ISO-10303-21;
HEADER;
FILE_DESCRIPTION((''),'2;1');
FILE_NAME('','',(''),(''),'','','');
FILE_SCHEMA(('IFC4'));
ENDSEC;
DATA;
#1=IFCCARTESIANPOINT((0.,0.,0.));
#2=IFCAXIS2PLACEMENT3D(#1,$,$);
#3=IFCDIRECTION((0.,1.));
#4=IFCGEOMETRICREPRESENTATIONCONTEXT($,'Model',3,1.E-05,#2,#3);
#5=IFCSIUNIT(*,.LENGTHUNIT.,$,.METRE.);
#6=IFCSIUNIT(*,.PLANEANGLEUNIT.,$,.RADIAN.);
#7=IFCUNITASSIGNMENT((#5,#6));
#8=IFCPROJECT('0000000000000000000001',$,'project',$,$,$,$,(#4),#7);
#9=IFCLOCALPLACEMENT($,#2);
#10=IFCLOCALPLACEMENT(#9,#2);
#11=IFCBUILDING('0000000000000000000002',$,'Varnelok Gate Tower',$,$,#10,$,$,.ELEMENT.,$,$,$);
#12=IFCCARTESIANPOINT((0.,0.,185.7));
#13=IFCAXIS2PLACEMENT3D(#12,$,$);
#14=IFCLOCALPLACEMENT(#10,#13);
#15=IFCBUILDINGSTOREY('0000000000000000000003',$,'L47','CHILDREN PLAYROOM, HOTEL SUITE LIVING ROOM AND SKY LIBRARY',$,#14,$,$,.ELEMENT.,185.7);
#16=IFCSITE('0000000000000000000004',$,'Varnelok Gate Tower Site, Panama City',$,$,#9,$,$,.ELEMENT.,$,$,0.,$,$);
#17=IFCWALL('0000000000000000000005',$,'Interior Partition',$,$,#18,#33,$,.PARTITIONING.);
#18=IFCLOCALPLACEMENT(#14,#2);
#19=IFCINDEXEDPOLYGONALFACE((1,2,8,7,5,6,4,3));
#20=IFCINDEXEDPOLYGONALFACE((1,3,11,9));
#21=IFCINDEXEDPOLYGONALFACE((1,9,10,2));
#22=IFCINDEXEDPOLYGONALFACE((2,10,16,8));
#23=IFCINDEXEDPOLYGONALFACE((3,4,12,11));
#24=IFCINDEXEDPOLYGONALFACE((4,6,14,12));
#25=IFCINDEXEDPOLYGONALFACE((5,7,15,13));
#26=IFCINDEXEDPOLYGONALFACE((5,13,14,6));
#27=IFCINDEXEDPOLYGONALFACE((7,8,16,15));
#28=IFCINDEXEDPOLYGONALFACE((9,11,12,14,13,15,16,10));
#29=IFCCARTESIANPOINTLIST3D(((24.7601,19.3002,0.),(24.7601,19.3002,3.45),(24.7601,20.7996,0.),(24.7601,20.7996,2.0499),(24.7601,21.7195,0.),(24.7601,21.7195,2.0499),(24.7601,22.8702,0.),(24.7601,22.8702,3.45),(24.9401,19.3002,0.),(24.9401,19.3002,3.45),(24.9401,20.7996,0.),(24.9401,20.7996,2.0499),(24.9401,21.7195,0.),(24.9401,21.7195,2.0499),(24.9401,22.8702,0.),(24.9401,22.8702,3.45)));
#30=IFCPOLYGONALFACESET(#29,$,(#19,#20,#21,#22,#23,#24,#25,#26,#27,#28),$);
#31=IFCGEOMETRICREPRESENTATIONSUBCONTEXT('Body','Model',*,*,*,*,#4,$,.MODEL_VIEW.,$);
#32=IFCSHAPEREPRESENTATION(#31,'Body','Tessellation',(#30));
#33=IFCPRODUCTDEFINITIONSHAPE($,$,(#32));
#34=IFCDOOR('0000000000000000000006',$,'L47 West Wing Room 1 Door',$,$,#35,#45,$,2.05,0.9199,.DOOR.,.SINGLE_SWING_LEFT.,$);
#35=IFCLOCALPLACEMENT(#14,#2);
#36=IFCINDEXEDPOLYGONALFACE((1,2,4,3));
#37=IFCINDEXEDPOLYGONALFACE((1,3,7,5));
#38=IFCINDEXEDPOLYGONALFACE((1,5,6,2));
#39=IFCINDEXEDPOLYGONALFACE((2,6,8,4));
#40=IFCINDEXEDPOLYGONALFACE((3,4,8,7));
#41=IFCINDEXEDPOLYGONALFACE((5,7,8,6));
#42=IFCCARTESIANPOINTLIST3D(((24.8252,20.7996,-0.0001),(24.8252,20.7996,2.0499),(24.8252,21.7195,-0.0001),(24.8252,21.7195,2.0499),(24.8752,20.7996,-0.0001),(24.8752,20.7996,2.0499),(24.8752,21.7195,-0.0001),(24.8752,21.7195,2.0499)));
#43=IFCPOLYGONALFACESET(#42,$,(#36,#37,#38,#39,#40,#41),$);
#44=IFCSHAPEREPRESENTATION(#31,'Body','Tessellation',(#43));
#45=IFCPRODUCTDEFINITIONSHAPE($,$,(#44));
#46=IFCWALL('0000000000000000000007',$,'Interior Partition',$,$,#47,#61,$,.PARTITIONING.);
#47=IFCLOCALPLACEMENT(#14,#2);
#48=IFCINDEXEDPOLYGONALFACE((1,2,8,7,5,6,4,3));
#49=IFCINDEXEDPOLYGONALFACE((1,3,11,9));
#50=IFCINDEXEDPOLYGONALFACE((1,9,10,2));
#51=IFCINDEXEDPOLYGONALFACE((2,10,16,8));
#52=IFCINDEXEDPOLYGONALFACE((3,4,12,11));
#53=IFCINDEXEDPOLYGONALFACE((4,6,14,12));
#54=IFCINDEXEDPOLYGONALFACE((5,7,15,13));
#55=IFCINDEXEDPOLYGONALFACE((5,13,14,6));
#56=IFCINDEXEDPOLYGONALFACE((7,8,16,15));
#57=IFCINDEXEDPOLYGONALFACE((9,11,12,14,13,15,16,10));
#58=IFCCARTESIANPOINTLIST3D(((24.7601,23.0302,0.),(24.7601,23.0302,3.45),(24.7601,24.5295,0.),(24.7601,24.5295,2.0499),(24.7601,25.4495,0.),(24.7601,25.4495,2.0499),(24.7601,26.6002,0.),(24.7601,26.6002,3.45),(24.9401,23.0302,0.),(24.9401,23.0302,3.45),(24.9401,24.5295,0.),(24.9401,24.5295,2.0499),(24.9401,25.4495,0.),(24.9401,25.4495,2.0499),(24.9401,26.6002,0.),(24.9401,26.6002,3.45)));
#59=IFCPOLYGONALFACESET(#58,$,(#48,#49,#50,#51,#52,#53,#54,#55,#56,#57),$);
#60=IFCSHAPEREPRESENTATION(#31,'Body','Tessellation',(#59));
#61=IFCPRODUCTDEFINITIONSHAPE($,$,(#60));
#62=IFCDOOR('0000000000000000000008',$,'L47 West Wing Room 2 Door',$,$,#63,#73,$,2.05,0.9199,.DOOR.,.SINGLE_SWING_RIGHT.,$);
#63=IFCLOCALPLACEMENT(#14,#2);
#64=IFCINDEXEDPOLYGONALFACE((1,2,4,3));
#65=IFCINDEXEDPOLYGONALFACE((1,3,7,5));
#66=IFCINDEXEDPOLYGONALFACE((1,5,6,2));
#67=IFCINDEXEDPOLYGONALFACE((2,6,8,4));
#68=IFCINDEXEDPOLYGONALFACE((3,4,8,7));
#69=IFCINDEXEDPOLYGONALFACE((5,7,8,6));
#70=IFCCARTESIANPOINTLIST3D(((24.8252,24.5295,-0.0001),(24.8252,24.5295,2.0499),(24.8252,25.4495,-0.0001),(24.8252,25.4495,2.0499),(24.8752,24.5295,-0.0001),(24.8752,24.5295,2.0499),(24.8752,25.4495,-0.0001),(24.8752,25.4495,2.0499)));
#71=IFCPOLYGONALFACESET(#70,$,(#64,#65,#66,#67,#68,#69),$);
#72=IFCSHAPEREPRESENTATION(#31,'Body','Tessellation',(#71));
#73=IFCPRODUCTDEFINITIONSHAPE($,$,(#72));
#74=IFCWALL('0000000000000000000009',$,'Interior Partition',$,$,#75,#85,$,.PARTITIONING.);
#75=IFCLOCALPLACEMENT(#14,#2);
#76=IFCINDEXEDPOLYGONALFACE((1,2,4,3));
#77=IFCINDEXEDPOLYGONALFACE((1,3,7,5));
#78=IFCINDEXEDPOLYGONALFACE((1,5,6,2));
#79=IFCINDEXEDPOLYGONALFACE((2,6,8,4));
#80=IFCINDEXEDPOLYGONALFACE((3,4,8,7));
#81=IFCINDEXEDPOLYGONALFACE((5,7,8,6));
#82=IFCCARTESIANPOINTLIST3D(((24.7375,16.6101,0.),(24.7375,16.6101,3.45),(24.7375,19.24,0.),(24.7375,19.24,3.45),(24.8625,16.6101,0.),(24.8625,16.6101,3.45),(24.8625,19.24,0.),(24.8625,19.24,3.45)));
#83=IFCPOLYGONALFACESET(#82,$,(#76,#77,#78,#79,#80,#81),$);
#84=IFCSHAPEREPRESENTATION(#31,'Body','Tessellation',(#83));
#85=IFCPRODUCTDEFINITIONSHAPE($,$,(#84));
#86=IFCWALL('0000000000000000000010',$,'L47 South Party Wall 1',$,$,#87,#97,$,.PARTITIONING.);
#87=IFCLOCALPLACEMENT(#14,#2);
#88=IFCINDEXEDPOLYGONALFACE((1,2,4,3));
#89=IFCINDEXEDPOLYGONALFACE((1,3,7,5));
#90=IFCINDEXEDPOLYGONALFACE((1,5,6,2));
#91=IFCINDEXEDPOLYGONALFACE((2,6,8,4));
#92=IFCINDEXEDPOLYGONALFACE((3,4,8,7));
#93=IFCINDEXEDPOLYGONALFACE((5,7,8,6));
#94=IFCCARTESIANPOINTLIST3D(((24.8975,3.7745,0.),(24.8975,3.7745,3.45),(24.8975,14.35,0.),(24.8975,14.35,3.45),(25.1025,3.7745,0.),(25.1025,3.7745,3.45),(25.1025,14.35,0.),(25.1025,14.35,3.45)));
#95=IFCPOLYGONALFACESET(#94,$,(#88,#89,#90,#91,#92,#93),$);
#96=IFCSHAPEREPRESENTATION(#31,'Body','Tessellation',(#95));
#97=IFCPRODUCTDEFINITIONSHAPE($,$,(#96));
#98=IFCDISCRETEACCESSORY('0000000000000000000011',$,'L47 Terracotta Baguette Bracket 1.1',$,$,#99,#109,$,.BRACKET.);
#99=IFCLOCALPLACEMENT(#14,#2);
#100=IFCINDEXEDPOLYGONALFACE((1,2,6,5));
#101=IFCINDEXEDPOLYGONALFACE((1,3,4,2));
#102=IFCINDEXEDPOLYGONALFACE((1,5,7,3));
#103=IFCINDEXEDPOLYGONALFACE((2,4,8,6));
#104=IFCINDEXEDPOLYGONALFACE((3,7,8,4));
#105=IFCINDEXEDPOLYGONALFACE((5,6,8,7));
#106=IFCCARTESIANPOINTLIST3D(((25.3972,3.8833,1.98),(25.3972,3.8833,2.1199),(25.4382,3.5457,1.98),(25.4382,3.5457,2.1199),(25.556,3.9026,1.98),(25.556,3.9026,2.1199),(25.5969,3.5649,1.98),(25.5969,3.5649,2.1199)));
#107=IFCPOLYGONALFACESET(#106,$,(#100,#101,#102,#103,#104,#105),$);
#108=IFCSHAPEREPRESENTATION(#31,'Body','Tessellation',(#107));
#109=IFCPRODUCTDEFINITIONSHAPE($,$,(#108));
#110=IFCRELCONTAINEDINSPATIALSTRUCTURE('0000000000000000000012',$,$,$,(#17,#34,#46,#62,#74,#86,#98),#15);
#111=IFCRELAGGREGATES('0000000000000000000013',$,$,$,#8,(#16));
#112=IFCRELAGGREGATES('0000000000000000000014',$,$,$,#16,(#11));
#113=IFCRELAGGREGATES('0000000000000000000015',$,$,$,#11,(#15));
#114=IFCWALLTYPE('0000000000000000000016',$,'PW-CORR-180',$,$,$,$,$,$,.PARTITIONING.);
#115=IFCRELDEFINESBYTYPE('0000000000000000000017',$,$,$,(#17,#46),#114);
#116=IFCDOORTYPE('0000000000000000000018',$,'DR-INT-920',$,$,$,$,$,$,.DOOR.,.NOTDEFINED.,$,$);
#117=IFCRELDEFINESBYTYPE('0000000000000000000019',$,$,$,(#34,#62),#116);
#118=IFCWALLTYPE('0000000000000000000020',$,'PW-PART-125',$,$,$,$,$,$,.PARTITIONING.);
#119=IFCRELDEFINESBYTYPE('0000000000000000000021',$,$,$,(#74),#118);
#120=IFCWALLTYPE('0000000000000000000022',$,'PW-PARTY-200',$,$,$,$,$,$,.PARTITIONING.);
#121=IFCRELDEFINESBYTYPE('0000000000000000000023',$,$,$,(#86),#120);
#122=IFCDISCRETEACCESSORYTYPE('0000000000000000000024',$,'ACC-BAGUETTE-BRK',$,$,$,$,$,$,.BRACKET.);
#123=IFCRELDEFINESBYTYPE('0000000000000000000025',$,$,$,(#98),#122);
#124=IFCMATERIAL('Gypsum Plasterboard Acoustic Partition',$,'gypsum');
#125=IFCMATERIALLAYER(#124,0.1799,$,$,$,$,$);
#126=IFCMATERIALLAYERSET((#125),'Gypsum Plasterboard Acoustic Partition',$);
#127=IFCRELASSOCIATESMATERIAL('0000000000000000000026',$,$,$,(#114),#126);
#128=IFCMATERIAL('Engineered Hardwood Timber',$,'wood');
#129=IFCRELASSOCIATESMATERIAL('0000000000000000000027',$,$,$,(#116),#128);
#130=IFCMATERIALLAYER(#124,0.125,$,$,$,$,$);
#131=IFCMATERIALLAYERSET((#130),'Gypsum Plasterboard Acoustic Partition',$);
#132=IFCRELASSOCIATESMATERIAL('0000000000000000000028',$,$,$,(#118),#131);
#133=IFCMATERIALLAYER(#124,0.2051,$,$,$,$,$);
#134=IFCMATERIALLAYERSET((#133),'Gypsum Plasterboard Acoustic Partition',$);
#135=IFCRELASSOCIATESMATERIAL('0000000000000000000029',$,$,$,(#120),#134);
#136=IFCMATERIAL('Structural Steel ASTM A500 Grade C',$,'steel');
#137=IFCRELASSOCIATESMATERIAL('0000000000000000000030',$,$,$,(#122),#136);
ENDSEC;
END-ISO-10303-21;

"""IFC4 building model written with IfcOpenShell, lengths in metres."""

from ifc_helpers import new_model, si_unit, direction, frame, frame_2d, origin, origin_2d, place, context, subcontext, project, spatial, rectangle, extrude, source, transform, mapped, material, layer, layer_set, type_object, element, fill, save


model = new_model("IFC4")

# Units and contexts
model_context = context("Model", 3, precision=1e-05, world=origin(), true_north=direction((0.0, 1.0)))
body_context = subcontext(model_context, "Body", "Model", "MODEL_VIEW")
ifc_project = project(units=[si_unit("LENGTHUNIT", "METRE"), si_unit("PLANEANGLEUNIT", "RADIAN")], contexts=[model_context])

# Site, building, storey
site_placement = place(None, origin())
site = spatial("IfcSite", under=ifc_project, at=site_placement, Name="Varnelok Gate Tower Site, Panama City", CompositionType="ELEMENT", RefElevation=0.0)
building_placement = place(site_placement, origin())
building = spatial("IfcBuilding", under=site, at=building_placement, Name="Varnelok Gate Tower", CompositionType="ELEMENT")
storey_placement = place(building_placement, frame((0.0, 0.0, 185.7)))
storey = spatial("IfcBuildingStorey", under=building, at=storey_placement, Name="L47", Description="CHILDREN PLAYROOM, HOTEL SUITE LIVING ROOM AND SKY LIBRARY", CompositionType="ELEMENT", Elevation=185.7)

# Walls, openings, doors
ifc_material_1 = material(Name="Gypsum Plasterboard Acoustic Partition", Category="gypsum")
ifc_layer_1 = layer(ifc_material_1, 0.1799)
ifc_layer_set_1 = layer_set([ifc_layer_1], Name="Gypsum Plasterboard Acoustic Partition")
wall_type_1 = type_object("IfcWallType", Name="PW-CORR-180", PredefinedType="PARTITIONING", material=ifc_layer_set_1)
ifc_material_2 = material(Name="Engineered Hardwood Timber", Category="wood")
wall_1_placement = place(storey_placement, frame((24.8501, 19.3, 0.0), z_axis=(0.0, 0.0, 1.0), x_axis=(0.0, 1.0, 0.0)))
wall_1 = element("IfcWall", 1, at=wall_1_placement, inside=storey, type_object=wall_type_1, Name="Interior Partition", PredefinedType="PARTITIONING", context=body_context, shape_type="SweptSolid", body=[
    extrude(rectangle(XDim=3.5701, YDim=0.1799, at=frame_2d((1.7852, 0.0))), origin(), (0.0, 0.0, 1.0), 3.45),
])
opening_1_placement = place(wall_1_placement, frame((1.4995, 0.0, 0.0)))
opening_1 = element("IfcOpeningElement", 2, at=opening_1_placement, cuts=wall_1, PredefinedType="OPENING", context=body_context, shape_type="SweptSolid", body=[
    extrude(rectangle(XDim=0.9199, YDim=2.05, at=frame_2d((0.46, 1.0249))), frame((0.0, 0.0999, 0.0), z_axis=(0.0, -1.0, 0.0), x_axis=(1.0, 0.0, 0.0)), (0.0, 0.0, 1.0), 0.2),
])
door_type_1 = type_object("IfcDoorType", Name="DR-INT-920", OperationType="NOTDEFINED", PredefinedType="DOOR", material=ifc_material_2)
door_1_placement = place(opening_1_placement, origin())
door_1 = element("IfcDoor", 3, at=door_1_placement, inside=storey, type_object=door_type_1, Name="L47 West Wing Room 1 Door", OperationType="SINGLE_SWING_LEFT", OverallHeight=2.05, OverallWidth=0.9199, PredefinedType="DOOR", context=body_context, shape_type="SweptSolid", body=[
    extrude(rectangle(XDim=0.9199, YDim=2.05, at=frame_2d((0.46, 1.0249))), frame((0.0, 0.0249, 0.0), z_axis=(0.0, -1.0, 0.0), x_axis=(1.0, 0.0, 0.0)), (0.0, 0.0, 1.0), 0.05),
])
fill(opening_1, door_1)
wall_2_placement = place(storey_placement, frame((24.8501, 23.03, 0.0), z_axis=(0.0, 0.0, 1.0), x_axis=(0.0, 1.0, 0.0)))
wall_2 = element("IfcWall", 4, at=wall_2_placement, inside=storey, type_object=wall_type_1, Name="Interior Partition", PredefinedType="PARTITIONING", context=body_context, shape_type="SweptSolid", body=[
    extrude(rectangle(XDim=3.5701, YDim=0.1799, at=frame_2d((1.7852, 0.0))), origin(), (0.0, 0.0, 1.0), 3.45),
])
opening_2_placement = place(wall_2_placement, frame((1.4995, 0.0, 0.0)))
opening_2 = element("IfcOpeningElement", 5, at=opening_2_placement, cuts=wall_2, PredefinedType="OPENING", context=body_context, shape_type="SweptSolid", body=[
    extrude(rectangle(XDim=0.9199, YDim=2.05, at=frame_2d((0.46, 1.0249))), frame((0.0, 0.0999, 0.0), z_axis=(0.0, -1.0, 0.0), x_axis=(1.0, 0.0, 0.0)), (0.0, 0.0, 1.0), 0.2),
])
door_2_placement = place(opening_2_placement, origin())
door_2 = element("IfcDoor", 6, at=door_2_placement, inside=storey, type_object=door_type_1, Name="L47 West Wing Room 2 Door", OperationType="SINGLE_SWING_RIGHT", OverallHeight=2.05, OverallWidth=0.9199, PredefinedType="DOOR", context=body_context, shape_type="SweptSolid", body=[
    extrude(rectangle(XDim=0.9199, YDim=2.05, at=frame_2d((0.46, 1.0249))), frame((0.0, 0.0249, 0.0), z_axis=(0.0, -1.0, 0.0), x_axis=(1.0, 0.0, 0.0)), (0.0, 0.0, 1.0), 0.05),
])
fill(opening_2, door_2)

# Walls
ifc_layer_2 = layer(ifc_material_1, 0.125)
ifc_layer_set_2 = layer_set([ifc_layer_2], Name="Gypsum Plasterboard Acoustic Partition")
wall_type_2 = type_object("IfcWallType", Name="PW-PART-125", PredefinedType="PARTITIONING", material=ifc_layer_set_2)
wall_3_placement = place(storey_placement, frame((24.8, 16.6101, 0.0), z_axis=(0.0, 0.0, 1.0), x_axis=(0.0, 1.0, 0.0)))
element("IfcWall", 7, at=wall_3_placement, inside=storey, type_object=wall_type_2, Name="Interior Partition", PredefinedType="PARTITIONING", context=body_context, shape_type="SweptSolid", body=[
    extrude(rectangle(XDim=2.6299, YDim=0.125, at=frame_2d((1.3149, 0.0))), origin(), (0.0, 0.0, 1.0), 3.45),
])
ifc_layer_3 = layer(ifc_material_1, 0.2051)
ifc_layer_set_3 = layer_set([ifc_layer_3], Name="Gypsum Plasterboard Acoustic Partition")
wall_type_3 = type_object("IfcWallType", Name="PW-PARTY-200", PredefinedType="PARTITIONING", material=ifc_layer_set_3)
wall_4_placement = place(storey_placement, frame((25.0, 3.7747, 0.0), z_axis=(0.0, 0.0, 1.0), x_axis=(0.0, 1.0, 0.0)))
element("IfcWall", 8, at=wall_4_placement, inside=storey, type_object=wall_type_3, Name="L47 South Party Wall 1", PredefinedType="PARTITIONING", context=body_context, shape_type="SweptSolid", body=[
    extrude(rectangle(XDim=10.5754, YDim=0.2051, at=frame_2d((5.2876, 0.0))), origin(), (0.0, 0.0, 1.0), 3.45),
])

# Discrete accessory
ifc_material_3 = material(Name="Structural Steel ASTM A500 Grade C", Category="steel")
discrete_accessory_type = type_object("IfcDiscreteAccessoryType", Name="ACC-BAGUETTE-BRK", PredefinedType="BRACKET", material=ifc_material_3)
shared_shape = source(origin(), body_context, "Body", "SweptSolid", [
    extrude(rectangle(XDim=0.1599, YDim=0.3401, at=origin_2d()), origin(), (0.0, 0.0, 1.0), 0.1399),
])
discrete_accessory_placement = place(storey_placement, frame((25.4971, 3.7241, 1.98), z_axis=(0.0, 0.0, 1.0), x_axis=(0.992732, 0.120345, 0.0)))
element("IfcDiscreteAccessory", 9, at=discrete_accessory_placement, inside=storey, type_object=discrete_accessory_type, Name="L47 Terracotta Baguette Bracket 1.1", PredefinedType="BRACKET", context=body_context, shape_type="MappedRepresentation", body=[
    mapped(shared_shape, transform((0.0, 0.0, 0.0), scale=1.0)),
])

save(model, "model.ifc")
